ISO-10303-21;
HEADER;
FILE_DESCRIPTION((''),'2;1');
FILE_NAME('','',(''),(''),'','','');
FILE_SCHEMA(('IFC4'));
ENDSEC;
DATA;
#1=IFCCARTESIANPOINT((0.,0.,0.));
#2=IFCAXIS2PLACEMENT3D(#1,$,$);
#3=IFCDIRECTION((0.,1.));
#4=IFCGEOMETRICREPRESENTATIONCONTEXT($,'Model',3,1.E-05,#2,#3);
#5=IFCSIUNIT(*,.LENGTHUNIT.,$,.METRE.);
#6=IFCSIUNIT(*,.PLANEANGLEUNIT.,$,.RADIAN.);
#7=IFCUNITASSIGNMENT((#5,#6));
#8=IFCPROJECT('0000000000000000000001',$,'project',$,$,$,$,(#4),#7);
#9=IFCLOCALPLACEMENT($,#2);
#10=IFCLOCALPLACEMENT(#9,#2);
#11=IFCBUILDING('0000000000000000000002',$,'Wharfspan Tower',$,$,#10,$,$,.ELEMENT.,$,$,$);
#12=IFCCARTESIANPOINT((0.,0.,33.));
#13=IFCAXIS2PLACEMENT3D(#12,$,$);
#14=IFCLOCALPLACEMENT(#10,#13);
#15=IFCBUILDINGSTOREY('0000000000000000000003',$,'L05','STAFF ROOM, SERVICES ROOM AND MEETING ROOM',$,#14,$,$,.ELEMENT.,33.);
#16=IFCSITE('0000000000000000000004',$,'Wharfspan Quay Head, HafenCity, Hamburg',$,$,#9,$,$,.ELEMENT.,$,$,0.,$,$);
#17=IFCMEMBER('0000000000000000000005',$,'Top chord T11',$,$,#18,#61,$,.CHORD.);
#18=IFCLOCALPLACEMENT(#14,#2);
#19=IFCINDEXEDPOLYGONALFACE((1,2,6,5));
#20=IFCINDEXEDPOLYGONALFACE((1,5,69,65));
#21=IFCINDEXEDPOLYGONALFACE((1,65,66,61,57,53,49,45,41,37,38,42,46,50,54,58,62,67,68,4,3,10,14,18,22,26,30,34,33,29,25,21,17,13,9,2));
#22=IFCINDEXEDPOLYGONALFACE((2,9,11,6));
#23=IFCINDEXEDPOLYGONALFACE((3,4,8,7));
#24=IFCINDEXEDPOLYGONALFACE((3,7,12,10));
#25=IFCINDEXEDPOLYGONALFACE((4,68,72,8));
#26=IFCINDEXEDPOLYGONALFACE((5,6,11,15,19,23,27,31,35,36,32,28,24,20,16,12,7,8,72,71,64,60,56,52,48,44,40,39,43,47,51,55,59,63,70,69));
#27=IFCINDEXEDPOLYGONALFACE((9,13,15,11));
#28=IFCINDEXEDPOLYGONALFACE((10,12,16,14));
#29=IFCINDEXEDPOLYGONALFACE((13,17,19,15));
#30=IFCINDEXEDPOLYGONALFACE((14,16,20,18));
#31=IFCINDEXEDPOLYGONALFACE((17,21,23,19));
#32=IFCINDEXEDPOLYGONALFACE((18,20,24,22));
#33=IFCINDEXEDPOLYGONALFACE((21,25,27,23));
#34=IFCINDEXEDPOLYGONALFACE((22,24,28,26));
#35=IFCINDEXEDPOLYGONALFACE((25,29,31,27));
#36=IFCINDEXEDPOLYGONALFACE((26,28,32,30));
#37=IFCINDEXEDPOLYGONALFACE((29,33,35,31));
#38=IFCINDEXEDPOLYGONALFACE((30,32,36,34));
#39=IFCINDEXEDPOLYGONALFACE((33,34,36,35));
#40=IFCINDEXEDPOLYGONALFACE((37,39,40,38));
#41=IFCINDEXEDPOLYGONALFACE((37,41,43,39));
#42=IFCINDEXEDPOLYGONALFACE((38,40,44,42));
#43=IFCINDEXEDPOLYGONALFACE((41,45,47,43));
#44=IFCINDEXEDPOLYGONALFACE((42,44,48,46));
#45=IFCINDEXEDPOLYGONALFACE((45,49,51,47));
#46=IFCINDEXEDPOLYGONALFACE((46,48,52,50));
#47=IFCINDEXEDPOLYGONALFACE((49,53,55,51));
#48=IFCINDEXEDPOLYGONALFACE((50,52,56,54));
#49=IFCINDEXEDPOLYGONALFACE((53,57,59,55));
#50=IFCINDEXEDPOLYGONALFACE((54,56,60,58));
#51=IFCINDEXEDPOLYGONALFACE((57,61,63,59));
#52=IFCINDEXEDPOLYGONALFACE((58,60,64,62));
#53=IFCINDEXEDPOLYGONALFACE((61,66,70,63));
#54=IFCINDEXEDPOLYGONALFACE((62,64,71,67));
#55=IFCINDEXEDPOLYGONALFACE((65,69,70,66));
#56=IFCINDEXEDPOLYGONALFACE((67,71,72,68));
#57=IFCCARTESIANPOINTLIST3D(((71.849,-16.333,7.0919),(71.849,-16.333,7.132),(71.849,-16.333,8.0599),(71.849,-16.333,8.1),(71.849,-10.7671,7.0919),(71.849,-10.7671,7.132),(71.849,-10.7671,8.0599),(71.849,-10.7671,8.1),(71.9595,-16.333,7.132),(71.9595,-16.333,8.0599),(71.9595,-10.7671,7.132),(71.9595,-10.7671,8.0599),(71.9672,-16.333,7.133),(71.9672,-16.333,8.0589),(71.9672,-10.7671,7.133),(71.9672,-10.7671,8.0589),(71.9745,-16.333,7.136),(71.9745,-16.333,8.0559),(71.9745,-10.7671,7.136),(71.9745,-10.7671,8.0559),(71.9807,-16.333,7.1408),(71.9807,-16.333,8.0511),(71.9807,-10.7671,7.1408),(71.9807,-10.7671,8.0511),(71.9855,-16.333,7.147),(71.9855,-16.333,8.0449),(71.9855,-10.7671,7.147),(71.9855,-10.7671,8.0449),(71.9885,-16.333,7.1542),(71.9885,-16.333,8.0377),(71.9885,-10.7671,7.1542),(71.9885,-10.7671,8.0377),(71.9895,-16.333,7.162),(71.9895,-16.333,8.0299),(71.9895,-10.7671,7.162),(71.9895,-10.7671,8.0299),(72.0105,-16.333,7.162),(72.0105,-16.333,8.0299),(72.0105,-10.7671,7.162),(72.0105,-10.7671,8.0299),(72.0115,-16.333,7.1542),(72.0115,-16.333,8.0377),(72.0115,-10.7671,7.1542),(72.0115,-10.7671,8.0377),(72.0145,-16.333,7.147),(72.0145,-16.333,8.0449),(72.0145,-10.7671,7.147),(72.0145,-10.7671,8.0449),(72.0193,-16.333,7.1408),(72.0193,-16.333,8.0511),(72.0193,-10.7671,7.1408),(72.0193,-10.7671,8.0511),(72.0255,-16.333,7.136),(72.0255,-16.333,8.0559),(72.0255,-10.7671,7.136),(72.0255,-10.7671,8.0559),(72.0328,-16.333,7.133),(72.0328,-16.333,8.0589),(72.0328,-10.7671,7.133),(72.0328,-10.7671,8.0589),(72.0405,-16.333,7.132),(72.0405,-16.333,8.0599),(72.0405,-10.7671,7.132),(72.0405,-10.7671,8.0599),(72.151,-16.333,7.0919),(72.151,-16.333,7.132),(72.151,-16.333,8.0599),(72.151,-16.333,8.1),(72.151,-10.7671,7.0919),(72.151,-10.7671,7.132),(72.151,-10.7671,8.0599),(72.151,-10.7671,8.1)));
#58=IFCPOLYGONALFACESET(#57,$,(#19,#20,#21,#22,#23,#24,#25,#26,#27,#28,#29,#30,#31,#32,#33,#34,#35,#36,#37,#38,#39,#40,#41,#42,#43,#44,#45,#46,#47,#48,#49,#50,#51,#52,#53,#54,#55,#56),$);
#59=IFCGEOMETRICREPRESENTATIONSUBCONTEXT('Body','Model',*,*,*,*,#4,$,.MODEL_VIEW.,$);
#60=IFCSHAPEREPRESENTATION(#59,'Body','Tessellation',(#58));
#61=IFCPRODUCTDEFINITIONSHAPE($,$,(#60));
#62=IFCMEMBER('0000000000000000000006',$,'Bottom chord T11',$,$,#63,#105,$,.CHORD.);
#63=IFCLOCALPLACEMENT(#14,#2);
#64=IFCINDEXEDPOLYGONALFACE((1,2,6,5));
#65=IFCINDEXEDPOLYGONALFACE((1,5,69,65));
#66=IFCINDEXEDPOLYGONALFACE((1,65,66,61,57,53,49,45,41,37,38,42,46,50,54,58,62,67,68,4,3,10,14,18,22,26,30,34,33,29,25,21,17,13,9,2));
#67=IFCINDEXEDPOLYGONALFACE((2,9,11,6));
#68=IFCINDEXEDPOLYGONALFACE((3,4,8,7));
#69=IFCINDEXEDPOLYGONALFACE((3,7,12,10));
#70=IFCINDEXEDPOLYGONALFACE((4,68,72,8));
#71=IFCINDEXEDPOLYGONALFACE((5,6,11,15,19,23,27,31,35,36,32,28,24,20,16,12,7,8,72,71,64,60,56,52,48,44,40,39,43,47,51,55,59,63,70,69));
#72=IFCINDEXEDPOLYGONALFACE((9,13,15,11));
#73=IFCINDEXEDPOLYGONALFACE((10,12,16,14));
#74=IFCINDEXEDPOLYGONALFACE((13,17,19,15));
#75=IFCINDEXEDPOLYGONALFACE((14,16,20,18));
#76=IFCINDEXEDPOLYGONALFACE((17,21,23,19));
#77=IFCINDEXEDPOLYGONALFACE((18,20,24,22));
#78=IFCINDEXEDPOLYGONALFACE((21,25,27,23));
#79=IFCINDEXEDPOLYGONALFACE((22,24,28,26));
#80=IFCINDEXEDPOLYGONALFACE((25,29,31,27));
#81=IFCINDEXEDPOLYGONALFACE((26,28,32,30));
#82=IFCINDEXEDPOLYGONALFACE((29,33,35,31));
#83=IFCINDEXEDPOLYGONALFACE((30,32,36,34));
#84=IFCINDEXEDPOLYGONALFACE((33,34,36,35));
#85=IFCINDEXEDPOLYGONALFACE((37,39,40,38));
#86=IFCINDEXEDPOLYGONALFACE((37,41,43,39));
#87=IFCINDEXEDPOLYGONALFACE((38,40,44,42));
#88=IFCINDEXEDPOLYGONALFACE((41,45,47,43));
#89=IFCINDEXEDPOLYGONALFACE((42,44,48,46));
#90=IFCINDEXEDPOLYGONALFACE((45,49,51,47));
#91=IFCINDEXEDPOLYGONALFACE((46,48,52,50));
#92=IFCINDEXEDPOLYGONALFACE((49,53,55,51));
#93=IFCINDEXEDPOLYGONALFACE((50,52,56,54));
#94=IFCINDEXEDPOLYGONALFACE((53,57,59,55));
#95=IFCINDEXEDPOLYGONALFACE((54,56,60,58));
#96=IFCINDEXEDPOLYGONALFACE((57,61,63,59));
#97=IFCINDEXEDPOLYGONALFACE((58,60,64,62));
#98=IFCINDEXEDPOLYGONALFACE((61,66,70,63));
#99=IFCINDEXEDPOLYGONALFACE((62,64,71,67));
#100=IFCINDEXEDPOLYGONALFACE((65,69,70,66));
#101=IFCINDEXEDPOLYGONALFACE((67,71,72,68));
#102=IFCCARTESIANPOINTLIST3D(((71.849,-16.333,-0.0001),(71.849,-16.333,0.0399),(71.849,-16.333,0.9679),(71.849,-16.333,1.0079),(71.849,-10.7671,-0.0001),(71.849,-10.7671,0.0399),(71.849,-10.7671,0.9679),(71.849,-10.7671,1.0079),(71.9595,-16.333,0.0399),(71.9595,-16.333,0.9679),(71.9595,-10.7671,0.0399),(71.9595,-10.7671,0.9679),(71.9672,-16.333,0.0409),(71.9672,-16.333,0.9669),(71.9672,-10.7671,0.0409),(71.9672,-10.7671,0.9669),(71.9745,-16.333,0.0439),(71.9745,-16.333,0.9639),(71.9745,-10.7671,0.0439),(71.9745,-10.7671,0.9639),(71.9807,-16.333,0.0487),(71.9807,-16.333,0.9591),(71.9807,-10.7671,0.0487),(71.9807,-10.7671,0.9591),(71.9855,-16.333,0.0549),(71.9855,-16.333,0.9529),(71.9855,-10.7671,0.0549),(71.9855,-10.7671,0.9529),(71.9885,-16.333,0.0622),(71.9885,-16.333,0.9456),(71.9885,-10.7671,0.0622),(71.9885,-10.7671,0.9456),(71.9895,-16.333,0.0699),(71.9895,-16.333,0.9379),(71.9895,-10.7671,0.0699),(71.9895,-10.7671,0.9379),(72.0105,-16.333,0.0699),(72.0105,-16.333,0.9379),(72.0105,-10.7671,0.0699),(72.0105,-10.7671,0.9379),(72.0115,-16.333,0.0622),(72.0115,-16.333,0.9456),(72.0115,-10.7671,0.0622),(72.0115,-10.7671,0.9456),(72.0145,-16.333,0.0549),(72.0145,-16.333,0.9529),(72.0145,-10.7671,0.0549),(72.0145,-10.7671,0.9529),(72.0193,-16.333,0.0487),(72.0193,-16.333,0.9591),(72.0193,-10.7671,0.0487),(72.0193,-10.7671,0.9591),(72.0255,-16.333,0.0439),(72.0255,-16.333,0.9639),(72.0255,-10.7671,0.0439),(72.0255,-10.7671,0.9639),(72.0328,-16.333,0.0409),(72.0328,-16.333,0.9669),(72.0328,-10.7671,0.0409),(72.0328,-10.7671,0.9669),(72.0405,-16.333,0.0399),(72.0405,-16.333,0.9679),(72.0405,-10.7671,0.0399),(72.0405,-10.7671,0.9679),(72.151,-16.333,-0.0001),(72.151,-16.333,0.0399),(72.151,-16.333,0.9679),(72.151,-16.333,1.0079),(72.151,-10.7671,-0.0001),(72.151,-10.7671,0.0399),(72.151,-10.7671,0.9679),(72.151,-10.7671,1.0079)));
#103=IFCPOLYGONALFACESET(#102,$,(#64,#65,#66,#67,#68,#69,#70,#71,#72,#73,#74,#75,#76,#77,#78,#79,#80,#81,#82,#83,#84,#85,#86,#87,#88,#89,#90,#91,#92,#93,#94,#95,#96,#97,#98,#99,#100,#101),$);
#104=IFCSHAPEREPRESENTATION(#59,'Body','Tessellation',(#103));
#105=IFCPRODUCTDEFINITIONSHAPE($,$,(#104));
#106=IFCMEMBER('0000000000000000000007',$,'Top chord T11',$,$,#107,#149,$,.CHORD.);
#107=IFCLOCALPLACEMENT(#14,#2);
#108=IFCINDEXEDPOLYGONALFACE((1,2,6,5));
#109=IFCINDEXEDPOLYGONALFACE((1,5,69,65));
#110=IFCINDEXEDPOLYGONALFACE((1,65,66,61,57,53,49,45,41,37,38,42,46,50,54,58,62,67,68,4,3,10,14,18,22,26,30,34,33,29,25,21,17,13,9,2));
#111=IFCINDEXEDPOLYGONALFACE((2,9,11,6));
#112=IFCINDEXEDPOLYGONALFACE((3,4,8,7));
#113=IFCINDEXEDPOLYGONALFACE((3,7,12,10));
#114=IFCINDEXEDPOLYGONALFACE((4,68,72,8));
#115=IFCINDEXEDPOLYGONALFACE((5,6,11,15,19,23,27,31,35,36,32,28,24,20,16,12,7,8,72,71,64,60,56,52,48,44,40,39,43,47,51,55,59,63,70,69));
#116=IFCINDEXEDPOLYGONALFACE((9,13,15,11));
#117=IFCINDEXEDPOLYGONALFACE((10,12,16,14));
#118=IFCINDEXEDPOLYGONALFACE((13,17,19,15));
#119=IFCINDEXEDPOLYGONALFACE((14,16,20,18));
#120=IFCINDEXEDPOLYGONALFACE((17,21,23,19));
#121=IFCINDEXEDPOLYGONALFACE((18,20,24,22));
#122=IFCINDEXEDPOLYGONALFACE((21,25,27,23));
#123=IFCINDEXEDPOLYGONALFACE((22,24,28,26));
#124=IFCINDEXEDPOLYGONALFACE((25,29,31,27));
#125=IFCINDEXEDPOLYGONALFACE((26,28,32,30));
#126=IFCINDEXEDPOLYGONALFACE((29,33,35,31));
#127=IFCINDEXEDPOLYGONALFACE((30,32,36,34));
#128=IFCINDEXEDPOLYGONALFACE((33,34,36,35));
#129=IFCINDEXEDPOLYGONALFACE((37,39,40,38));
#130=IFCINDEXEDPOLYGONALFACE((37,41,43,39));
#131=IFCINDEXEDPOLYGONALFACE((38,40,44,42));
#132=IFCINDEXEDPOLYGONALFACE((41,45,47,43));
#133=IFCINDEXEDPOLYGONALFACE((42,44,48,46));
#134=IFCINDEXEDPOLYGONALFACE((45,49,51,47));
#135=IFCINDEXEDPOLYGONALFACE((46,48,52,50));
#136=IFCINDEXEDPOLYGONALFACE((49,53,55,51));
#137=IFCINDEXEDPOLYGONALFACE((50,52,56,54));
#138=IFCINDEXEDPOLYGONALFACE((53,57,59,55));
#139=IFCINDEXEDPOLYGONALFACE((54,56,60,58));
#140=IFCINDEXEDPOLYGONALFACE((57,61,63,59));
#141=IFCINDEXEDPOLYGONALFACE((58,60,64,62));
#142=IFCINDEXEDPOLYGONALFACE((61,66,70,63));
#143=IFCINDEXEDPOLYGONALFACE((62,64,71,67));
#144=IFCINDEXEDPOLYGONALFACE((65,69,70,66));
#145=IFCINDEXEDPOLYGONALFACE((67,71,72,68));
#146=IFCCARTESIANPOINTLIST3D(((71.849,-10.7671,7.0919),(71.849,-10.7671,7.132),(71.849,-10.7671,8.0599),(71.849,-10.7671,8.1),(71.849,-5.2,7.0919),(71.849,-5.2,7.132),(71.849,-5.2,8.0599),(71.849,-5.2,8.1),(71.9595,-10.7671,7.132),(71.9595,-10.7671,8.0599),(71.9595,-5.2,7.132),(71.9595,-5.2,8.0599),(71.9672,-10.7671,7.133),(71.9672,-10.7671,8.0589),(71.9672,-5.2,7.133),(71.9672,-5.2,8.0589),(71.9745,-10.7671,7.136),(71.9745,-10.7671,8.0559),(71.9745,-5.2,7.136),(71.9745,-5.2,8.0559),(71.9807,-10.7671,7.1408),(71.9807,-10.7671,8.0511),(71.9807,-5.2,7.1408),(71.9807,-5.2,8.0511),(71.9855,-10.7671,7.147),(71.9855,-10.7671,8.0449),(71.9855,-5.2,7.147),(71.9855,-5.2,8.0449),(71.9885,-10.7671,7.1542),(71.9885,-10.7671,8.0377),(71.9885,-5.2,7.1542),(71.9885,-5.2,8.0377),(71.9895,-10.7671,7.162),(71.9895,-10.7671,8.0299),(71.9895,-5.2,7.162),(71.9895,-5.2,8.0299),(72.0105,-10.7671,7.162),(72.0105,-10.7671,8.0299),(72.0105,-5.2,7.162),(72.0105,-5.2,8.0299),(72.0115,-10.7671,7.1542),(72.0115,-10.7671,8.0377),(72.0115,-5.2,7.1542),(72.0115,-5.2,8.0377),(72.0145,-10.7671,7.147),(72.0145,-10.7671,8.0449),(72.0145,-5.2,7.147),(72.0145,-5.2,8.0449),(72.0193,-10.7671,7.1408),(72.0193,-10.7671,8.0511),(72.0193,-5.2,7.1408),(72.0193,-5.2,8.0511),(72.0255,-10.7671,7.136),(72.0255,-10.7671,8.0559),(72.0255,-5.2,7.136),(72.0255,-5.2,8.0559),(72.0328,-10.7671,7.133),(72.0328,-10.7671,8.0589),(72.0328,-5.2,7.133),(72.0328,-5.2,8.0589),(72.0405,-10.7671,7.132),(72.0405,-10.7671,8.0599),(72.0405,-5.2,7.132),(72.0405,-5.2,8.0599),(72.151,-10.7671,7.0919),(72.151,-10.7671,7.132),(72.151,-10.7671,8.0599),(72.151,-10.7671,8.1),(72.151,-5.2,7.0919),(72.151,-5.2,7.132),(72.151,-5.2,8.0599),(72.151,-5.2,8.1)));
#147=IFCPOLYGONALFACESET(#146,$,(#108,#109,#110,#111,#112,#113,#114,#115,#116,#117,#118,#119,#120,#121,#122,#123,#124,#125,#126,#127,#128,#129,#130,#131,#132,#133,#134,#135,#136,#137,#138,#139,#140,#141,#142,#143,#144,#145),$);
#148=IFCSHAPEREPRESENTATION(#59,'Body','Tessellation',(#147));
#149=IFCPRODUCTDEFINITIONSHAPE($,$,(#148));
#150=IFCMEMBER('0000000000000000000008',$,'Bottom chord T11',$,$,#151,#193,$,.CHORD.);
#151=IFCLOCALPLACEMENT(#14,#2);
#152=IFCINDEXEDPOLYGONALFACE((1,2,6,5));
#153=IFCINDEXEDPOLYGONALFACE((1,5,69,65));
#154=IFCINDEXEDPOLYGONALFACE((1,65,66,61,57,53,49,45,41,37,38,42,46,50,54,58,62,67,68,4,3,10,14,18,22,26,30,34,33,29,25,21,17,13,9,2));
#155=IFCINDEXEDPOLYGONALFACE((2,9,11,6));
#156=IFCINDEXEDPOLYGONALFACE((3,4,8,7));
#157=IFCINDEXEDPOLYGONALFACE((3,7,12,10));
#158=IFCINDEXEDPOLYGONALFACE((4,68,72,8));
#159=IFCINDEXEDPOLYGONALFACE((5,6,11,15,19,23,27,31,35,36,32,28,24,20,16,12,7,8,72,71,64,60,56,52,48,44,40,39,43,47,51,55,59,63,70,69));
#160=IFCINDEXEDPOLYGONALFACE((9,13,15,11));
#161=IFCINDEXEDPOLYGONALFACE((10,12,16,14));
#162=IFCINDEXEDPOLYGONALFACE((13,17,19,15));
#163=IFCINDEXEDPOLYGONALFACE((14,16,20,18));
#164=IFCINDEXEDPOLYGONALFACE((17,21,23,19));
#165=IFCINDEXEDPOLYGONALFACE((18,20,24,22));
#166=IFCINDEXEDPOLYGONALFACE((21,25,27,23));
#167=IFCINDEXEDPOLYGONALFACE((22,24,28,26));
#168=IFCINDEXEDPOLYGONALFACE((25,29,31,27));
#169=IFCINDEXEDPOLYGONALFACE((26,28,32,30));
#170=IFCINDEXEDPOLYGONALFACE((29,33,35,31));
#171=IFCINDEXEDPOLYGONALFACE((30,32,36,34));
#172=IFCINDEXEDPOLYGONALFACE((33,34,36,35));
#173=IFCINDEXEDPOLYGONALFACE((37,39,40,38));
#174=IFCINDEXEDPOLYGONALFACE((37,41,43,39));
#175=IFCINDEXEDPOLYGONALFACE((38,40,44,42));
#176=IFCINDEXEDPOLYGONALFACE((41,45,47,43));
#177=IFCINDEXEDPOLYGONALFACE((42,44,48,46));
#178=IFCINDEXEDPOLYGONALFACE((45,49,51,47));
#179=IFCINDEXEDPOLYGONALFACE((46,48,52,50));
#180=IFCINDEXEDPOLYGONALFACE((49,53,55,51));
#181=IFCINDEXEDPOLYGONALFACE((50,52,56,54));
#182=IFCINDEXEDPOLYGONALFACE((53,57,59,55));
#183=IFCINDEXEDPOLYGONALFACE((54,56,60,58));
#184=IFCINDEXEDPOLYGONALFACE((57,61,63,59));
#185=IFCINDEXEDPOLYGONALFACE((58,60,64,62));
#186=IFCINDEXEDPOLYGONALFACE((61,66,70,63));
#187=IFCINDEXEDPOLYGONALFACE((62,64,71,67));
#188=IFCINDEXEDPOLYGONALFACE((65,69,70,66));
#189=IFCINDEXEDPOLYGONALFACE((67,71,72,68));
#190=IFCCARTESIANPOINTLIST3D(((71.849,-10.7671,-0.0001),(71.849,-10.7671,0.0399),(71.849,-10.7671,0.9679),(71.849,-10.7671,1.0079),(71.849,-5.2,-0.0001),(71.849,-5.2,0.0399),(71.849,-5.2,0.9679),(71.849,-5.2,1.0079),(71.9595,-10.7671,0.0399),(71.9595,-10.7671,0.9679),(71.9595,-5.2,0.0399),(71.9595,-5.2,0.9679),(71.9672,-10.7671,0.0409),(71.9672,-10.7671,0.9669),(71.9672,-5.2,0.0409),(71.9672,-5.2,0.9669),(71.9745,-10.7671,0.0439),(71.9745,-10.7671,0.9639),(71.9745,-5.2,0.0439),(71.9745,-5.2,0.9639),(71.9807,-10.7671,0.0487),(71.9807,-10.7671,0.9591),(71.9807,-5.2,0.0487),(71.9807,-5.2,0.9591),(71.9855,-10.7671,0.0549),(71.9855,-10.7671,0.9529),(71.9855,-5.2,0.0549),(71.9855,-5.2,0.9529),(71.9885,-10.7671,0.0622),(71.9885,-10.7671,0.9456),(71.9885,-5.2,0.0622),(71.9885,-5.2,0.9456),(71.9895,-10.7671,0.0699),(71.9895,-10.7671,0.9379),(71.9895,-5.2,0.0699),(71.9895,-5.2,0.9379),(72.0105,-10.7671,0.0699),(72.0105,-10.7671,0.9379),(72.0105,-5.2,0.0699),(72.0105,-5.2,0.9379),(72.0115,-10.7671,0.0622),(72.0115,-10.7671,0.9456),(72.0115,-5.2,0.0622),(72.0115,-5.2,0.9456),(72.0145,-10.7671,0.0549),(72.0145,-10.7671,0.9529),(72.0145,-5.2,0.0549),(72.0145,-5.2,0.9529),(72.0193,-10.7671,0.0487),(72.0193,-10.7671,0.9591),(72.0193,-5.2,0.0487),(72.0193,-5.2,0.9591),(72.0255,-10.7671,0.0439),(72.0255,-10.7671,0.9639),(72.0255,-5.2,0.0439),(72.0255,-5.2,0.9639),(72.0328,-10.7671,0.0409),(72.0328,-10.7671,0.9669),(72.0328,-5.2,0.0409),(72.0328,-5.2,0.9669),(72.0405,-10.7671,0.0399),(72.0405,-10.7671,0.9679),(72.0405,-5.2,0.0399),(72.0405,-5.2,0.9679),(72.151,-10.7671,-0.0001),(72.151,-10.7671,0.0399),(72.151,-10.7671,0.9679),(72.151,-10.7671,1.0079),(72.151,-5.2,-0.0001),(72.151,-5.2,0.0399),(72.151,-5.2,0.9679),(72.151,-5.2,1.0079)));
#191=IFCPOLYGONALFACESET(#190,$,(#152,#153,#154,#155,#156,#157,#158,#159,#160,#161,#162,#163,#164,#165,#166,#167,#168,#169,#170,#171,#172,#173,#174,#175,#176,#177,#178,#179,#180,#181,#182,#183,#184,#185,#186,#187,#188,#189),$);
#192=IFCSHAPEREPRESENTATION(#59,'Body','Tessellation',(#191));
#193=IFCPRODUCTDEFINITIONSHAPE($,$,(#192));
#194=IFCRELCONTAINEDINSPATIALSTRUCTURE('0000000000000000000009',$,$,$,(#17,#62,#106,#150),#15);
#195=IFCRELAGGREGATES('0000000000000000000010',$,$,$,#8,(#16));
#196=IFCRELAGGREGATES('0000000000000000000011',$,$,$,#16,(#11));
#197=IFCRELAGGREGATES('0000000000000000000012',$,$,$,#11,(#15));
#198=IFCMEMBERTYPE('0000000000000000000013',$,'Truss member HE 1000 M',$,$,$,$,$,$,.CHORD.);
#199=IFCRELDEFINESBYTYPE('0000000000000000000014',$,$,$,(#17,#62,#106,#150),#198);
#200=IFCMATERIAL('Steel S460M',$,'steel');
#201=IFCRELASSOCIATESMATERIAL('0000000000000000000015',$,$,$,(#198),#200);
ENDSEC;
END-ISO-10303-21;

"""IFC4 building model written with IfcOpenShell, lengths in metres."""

from ifc_helpers import new_model, si_unit, direction, frame, origin, origin_2d, place, context, subcontext, project, spatial, i_section, extrude, material, material_profile, profile_set, type_object, element, save


model = new_model("IFC4")

# Units and contexts
model_context = context("Model", 3, precision=1e-05, world=origin(), true_north=direction((0.0, 1.0)))
body_context = subcontext(model_context, "Body", "Model", "MODEL_VIEW")
ifc_project = project(units=[si_unit("LENGTHUNIT", "METRE"), si_unit("PLANEANGLEUNIT", "RADIAN")], contexts=[model_context])

# Site, building, storey
site_placement = place(None, origin())
site = spatial("IfcSite", under=ifc_project, at=site_placement, Name="Wharfspan Quay Head, HafenCity, Hamburg", CompositionType="ELEMENT", RefElevation=0.0)
building_placement = place(site_placement, origin())
building = spatial("IfcBuilding", under=site, at=building_placement, Name="Wharfspan Tower", CompositionType="ELEMENT")
storey_placement = place(building_placement, frame((0.0, 0.0, 33.0)))
storey = spatial("IfcBuildingStorey", under=building, at=storey_placement, Name="L05", Description="STAFF ROOM, SERVICES ROOM AND MEETING ROOM", CompositionType="ELEMENT", Elevation=33.0)

# Members
ifc_material_1 = material(Name="Steel S460M", Category="steel")
ifc_material_profile_1 = material_profile(ifc_material_1, i_section(OverallWidth=0.302, OverallDepth=1.0081, WebThickness=0.021, FlangeThickness=0.04, FilletRadius=0.03, at=origin_2d()))
ifc_profile_set_1 = profile_set([ifc_material_profile_1], Name="Steel S460M")
member_type_1 = type_object("IfcMemberType", Name="Truss member HE 1000 M", PredefinedType="CHORD", material=ifc_profile_set_1)
for number, where, z_axis, x_axis, name in (
    (1, (72.0, -16.333, 7.5959), (0.0, 1.0, 0.0), (-1.0, 0.0, 0.0), "Top chord T11"),
    (2, (72.0, -16.333, 0.5039), (0.0, 1.0, 0.0), (-1.0, 0.0, 0.0), "Bottom chord T11"),
):
    element("IfcMember", number, at=place(storey_placement, frame(where, z_axis=z_axis, x_axis=x_axis)), inside=storey, type_object=member_type_1, Name=name, PredefinedType="CHORD", context=body_context, shape_type="SweptSolid", body=[
        extrude(i_section(OverallWidth=0.302, OverallDepth=1.0081, WebThickness=0.021, FlangeThickness=0.04, FilletRadius=0.03, at=origin_2d()), origin(), (0.0, 0.0, 1.0), 5.5659),
    ])
for number, where, z_axis, x_axis, name in (
    (3, (72.0, -10.7671, 7.5959), (0.0, 1.0, 0.0), (-1.0, 0.0, 0.0), "Top chord T11"),
    (4, (72.0, -10.7671, 0.5039), (0.0, 1.0, 0.0), (-1.0, 0.0, 0.0), "Bottom chord T11"),
):
    element("IfcMember", number, at=place(storey_placement, frame(where, z_axis=z_axis, x_axis=x_axis)), inside=storey, type_object=member_type_1, Name=name, PredefinedType="CHORD", context=body_context, shape_type="SweptSolid", body=[
        extrude(i_section(OverallWidth=0.302, OverallDepth=1.0081, WebThickness=0.021, FlangeThickness=0.04, FilletRadius=0.03, at=origin_2d()), origin(), (0.0, 0.0, 1.0), 5.5671),
    ])

save(model, "model.ifc")
